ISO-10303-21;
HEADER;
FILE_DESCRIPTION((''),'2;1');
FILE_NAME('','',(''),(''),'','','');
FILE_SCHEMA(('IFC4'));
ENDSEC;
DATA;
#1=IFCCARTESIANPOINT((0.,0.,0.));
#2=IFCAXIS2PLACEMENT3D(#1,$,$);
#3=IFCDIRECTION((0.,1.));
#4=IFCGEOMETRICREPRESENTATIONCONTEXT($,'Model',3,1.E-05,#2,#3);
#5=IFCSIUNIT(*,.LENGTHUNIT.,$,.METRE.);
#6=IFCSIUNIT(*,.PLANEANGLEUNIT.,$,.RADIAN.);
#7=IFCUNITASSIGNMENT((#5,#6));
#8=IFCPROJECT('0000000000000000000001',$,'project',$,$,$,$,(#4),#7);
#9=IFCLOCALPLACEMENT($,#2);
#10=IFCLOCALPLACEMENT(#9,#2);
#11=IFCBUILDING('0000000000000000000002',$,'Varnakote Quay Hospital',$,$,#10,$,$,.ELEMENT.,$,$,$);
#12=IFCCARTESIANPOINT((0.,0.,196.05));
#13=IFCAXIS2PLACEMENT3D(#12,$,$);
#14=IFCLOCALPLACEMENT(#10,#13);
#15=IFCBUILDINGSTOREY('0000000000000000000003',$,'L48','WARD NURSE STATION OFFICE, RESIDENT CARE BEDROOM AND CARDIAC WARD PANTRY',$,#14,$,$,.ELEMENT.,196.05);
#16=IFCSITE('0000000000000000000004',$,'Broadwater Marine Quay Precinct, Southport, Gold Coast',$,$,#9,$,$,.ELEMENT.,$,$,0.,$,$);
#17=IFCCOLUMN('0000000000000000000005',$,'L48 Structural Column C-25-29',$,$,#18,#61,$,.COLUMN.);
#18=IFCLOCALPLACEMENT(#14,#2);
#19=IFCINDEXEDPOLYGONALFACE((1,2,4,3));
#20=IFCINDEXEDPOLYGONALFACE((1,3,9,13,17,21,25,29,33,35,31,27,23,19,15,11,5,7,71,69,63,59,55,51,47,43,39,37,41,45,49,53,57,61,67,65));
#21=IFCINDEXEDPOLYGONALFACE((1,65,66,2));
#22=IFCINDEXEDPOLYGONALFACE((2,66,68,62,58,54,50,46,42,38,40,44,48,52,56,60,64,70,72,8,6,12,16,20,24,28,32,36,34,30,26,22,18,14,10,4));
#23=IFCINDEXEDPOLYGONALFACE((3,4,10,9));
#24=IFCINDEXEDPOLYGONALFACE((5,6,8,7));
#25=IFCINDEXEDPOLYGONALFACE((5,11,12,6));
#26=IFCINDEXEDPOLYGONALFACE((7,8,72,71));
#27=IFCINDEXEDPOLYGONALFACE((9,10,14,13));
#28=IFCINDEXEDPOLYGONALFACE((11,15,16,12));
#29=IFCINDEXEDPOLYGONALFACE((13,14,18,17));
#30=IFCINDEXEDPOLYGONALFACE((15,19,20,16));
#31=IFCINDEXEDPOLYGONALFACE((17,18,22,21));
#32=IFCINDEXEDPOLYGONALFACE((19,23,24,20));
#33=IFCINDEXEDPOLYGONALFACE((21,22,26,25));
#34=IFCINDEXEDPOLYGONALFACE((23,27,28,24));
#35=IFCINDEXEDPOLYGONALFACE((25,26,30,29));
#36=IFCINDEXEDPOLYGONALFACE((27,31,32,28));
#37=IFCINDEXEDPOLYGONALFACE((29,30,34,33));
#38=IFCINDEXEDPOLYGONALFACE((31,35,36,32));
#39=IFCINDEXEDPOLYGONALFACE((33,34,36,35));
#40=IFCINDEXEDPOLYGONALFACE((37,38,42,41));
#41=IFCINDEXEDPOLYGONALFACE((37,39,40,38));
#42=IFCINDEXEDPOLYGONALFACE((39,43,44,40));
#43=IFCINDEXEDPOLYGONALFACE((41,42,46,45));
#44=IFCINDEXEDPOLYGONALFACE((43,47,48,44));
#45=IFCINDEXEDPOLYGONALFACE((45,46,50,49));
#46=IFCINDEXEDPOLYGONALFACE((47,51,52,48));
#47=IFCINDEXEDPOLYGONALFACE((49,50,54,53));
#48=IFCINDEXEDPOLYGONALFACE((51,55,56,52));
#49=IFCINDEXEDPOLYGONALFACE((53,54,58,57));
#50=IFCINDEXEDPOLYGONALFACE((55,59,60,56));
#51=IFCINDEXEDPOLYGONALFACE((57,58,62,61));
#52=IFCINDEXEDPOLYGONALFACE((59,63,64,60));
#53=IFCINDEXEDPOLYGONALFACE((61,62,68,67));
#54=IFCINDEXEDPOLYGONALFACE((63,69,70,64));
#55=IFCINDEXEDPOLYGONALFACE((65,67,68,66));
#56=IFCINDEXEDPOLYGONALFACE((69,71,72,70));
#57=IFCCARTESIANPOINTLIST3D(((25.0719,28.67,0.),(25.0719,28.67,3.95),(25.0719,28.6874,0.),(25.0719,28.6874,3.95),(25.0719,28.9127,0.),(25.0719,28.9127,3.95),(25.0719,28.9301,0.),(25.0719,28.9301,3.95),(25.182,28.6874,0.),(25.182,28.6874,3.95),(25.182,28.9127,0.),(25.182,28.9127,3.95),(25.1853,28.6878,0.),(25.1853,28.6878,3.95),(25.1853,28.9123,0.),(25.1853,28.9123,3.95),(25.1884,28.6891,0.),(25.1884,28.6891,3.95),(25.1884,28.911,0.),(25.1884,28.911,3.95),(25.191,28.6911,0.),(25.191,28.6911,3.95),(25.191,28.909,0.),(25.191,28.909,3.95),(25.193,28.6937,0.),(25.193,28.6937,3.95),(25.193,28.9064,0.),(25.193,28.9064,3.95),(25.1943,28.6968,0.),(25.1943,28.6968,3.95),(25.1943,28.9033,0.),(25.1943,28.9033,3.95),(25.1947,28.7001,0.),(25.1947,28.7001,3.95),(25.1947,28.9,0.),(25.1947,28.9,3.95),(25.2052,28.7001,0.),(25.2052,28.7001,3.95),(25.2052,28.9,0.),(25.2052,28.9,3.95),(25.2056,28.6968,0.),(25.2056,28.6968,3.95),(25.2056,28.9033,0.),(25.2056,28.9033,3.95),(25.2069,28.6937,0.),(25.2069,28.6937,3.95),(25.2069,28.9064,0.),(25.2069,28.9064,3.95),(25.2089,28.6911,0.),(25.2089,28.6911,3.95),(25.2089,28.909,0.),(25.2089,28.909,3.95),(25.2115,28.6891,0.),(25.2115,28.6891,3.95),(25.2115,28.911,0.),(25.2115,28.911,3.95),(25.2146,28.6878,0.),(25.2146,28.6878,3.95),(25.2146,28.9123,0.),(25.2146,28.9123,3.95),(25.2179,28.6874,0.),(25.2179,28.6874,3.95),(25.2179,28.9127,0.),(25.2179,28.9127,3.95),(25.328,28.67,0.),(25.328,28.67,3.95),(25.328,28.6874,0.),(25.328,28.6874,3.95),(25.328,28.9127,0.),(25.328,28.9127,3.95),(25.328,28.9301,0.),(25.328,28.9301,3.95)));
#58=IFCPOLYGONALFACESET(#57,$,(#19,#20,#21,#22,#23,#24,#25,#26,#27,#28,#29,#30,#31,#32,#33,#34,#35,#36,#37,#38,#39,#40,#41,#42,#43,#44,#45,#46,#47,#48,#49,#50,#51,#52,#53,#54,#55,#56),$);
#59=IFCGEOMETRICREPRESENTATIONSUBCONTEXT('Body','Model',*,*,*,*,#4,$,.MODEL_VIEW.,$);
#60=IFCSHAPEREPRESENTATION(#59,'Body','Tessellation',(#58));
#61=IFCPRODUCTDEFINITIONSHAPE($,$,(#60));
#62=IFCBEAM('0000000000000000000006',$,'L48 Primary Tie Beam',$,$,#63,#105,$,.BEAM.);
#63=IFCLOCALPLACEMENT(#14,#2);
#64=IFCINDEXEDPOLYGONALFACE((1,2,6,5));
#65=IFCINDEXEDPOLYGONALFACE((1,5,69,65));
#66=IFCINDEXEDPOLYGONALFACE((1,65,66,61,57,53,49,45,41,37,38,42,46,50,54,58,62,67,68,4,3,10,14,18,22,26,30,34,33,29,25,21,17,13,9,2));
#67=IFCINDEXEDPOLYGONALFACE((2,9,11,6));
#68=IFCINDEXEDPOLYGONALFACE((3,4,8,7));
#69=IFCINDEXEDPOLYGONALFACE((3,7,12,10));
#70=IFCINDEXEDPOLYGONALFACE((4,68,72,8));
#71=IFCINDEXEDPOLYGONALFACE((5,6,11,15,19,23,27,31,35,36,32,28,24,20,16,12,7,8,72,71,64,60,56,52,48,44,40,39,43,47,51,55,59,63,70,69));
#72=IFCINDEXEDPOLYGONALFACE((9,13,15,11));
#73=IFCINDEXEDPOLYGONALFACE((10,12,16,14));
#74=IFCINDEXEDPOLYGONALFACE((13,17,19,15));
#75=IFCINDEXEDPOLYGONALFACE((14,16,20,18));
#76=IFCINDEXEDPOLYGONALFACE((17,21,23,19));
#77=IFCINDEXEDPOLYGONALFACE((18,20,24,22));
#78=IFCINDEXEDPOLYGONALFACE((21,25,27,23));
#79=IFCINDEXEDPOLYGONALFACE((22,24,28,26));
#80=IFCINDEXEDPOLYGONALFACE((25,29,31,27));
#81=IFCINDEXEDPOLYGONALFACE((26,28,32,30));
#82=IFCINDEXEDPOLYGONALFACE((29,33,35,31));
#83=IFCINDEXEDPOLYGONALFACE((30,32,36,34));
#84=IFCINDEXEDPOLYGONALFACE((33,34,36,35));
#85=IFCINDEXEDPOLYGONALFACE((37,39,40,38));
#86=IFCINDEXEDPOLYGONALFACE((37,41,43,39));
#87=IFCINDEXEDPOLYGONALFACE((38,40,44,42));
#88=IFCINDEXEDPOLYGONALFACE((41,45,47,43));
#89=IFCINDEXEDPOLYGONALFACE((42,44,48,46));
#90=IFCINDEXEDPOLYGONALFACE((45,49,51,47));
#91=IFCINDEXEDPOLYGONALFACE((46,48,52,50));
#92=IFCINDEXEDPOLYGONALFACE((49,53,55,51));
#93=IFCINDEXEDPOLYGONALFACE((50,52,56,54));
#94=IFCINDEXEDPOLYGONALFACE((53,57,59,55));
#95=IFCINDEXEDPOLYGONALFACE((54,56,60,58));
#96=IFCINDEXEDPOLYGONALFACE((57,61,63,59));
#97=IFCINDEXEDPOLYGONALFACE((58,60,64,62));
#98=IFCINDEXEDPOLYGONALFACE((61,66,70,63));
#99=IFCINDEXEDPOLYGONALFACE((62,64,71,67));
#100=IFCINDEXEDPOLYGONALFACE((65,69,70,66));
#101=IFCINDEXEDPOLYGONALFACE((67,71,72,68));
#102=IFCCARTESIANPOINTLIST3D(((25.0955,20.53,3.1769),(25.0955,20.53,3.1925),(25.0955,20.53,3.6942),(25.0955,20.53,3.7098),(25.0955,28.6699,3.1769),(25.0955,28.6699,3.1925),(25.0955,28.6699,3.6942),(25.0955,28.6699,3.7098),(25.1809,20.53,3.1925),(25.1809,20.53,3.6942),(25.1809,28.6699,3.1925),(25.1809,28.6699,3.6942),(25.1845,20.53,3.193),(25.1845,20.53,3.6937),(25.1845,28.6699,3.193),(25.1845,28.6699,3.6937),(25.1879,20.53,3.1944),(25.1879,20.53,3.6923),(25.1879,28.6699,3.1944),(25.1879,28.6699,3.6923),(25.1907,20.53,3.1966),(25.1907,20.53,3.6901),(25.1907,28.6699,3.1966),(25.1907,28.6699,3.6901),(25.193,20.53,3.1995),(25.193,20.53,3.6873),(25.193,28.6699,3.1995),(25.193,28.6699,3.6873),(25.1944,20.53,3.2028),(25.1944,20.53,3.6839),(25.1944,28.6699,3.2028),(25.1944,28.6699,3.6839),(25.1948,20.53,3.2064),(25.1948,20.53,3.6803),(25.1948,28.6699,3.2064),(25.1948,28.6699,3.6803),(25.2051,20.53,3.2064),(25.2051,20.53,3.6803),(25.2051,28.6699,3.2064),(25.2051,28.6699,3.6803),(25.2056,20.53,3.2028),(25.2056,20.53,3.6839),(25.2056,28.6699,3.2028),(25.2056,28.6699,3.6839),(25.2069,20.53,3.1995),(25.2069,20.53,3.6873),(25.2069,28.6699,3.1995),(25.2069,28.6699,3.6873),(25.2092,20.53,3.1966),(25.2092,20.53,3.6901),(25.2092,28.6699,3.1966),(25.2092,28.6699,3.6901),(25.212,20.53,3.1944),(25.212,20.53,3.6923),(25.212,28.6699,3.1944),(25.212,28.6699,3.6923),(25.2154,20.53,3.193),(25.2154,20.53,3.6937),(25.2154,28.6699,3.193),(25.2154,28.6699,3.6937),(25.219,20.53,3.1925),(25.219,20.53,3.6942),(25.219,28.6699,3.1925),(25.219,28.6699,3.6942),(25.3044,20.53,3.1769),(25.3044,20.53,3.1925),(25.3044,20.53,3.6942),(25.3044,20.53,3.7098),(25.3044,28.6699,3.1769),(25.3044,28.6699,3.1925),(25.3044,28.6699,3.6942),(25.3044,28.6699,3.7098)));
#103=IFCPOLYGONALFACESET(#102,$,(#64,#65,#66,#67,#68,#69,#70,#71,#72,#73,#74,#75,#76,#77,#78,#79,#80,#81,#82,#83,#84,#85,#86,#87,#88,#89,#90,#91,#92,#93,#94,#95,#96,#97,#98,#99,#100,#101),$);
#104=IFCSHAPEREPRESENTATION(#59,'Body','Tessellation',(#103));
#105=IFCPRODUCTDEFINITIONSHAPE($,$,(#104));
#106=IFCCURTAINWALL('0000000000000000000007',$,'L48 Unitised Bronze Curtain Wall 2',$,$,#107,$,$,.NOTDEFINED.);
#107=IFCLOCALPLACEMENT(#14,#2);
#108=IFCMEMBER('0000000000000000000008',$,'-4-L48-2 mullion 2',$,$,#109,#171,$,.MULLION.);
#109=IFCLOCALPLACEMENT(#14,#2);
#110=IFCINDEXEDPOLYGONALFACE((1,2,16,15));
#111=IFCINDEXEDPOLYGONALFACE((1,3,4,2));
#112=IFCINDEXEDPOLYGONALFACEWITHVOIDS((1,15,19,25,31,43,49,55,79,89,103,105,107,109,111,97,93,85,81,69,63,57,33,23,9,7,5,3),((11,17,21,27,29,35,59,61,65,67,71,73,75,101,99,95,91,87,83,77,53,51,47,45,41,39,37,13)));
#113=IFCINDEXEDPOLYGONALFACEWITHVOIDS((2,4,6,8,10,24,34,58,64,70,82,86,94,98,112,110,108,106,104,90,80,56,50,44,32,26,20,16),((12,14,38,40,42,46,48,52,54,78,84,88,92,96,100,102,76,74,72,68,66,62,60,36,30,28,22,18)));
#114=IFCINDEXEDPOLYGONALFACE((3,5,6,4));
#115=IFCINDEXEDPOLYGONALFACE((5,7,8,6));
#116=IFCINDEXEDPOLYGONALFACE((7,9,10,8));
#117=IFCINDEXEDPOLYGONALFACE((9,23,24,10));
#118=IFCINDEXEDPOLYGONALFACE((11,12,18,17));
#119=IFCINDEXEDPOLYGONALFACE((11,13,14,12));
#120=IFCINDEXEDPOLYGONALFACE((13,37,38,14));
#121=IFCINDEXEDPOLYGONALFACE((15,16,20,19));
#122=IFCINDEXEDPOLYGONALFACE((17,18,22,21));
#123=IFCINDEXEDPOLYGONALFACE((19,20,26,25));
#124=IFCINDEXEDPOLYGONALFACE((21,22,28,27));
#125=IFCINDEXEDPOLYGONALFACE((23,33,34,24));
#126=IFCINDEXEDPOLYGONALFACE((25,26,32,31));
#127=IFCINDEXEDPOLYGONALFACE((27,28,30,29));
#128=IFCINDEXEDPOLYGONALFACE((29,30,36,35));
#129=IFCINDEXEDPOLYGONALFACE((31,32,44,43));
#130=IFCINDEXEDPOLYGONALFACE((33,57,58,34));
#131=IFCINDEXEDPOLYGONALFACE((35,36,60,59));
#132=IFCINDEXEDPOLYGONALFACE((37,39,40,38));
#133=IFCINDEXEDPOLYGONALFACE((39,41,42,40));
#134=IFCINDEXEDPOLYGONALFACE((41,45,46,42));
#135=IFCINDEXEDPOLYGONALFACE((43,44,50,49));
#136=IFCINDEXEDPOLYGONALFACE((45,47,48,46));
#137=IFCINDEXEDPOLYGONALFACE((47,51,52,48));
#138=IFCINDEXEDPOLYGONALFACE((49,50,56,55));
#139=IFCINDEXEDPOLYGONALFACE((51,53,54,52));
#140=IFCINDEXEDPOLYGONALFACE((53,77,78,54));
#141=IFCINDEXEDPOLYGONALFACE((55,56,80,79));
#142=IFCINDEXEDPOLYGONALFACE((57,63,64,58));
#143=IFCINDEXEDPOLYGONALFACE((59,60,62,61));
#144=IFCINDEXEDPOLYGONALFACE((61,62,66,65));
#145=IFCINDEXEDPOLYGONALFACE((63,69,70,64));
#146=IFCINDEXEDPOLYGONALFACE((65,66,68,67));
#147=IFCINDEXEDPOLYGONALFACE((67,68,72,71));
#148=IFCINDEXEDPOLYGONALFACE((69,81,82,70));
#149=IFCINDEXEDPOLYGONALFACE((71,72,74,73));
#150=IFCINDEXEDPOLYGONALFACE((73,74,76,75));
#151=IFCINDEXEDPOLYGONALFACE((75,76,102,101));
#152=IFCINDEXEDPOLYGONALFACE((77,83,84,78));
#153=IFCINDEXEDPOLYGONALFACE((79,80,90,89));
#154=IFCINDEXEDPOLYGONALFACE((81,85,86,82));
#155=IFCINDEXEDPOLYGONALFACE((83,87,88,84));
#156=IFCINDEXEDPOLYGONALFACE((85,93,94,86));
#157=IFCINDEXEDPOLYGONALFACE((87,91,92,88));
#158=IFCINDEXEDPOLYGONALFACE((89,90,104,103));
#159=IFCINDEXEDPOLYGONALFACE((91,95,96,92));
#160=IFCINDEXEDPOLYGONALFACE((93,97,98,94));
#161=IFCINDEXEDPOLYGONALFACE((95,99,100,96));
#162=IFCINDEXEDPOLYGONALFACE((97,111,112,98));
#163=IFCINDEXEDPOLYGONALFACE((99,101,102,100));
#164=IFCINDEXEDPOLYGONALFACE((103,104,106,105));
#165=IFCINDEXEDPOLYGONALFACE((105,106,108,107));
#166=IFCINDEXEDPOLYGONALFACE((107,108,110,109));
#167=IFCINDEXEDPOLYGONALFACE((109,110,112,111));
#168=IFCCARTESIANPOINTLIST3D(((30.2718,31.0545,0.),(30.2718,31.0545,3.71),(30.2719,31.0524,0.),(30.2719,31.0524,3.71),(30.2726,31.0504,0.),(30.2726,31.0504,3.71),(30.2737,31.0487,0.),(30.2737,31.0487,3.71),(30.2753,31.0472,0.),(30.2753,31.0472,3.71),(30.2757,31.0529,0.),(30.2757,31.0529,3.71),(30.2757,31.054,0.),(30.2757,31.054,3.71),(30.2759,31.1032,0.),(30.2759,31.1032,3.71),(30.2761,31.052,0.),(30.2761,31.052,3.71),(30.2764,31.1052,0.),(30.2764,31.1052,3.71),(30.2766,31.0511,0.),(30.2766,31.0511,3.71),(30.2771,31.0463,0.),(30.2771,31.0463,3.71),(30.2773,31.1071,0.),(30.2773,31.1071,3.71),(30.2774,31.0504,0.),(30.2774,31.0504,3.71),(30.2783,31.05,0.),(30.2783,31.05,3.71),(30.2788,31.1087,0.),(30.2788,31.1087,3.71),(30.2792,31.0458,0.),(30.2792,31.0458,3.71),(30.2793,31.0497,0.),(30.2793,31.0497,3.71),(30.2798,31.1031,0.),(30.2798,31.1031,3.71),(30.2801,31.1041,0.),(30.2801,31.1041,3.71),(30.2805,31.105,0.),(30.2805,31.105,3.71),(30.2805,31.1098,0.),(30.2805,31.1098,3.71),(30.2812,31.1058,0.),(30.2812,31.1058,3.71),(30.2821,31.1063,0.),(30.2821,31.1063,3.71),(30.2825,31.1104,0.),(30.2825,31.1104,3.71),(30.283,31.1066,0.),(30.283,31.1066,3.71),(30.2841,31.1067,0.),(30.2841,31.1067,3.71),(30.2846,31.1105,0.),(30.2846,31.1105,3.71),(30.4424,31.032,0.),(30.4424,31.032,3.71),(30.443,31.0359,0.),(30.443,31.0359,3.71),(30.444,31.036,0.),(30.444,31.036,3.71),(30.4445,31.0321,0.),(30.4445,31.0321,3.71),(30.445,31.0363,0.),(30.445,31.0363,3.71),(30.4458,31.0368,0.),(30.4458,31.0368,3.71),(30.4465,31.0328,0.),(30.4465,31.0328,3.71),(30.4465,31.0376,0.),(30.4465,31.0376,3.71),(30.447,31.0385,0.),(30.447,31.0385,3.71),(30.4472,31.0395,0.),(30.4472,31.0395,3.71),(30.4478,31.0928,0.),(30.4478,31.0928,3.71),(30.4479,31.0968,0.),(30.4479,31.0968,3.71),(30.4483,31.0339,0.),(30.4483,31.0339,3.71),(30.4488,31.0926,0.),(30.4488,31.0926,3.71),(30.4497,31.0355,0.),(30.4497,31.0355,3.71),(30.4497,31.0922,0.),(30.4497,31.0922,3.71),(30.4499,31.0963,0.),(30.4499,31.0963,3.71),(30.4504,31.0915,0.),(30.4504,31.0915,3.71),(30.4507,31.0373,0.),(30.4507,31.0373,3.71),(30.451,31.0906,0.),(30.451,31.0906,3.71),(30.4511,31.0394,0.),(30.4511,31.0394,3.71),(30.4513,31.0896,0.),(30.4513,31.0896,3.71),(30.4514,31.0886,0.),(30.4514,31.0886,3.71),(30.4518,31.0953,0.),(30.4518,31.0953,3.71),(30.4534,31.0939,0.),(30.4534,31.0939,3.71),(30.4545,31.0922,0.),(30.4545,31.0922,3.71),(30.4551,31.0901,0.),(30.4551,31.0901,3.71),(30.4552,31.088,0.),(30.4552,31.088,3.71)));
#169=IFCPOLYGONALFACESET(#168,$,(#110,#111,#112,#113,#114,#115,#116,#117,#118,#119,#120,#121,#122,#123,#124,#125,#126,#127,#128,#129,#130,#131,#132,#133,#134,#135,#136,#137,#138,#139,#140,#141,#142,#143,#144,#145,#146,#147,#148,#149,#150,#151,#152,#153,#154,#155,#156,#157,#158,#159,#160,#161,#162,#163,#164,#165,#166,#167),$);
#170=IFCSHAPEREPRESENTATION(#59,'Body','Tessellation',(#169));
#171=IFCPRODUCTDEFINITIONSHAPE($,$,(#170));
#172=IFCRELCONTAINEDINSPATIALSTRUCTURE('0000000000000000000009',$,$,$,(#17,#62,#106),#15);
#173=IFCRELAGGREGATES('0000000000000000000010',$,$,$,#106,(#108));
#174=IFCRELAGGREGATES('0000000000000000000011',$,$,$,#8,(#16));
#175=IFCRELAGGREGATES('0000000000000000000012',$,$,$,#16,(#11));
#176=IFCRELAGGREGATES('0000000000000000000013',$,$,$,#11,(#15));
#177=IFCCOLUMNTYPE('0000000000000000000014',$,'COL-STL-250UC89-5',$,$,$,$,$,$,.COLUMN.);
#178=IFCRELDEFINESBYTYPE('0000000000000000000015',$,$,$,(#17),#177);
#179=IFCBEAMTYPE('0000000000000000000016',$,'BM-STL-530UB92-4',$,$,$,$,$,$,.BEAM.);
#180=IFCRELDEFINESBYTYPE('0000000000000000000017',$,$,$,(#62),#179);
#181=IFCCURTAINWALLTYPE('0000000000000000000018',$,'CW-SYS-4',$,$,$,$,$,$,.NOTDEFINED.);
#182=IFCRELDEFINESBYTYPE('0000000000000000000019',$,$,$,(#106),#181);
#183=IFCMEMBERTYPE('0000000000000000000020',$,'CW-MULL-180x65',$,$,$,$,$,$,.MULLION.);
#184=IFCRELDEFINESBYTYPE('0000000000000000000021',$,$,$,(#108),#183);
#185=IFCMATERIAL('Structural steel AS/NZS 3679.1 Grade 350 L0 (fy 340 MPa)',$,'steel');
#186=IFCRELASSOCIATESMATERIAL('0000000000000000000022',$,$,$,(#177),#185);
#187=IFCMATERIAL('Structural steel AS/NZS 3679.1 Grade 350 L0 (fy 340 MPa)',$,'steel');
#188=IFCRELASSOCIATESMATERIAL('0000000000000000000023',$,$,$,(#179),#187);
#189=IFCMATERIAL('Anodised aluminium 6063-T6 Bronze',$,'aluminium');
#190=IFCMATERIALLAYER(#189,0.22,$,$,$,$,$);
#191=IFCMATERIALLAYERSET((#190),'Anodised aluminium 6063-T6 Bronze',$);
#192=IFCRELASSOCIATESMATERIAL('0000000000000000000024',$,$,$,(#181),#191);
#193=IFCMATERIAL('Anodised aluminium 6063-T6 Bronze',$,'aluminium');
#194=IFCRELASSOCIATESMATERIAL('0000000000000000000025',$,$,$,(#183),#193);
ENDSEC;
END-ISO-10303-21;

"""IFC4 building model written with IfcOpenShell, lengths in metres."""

from ifc_helpers import new_model, si_unit, direction, frame, origin, origin_2d, place, context, subcontext, project, spatial, hollow_rectangle, i_section, extrude, material, layer, layer_set, material_profile, profile_set, type_object, element, aggregate, save


model = new_model("IFC4")

# Units and contexts
model_context = context("Model", 3, precision=1e-05, world=origin(), true_north=direction((0.0, 1.0)))
body_context = subcontext(model_context, "Body", "Model", "MODEL_VIEW")
ifc_project = project(units=[si_unit("LENGTHUNIT", "METRE"), si_unit("PLANEANGLEUNIT", "RADIAN")], contexts=[model_context])

# Site, building, storey
site_placement = place(None, origin())
site = spatial("IfcSite", under=ifc_project, at=site_placement, Name="Broadwater Marine Quay Precinct, Southport, Gold Coast", CompositionType="ELEMENT", RefElevation=0.0)
building_placement = place(site_placement, origin())
building = spatial("IfcBuilding", under=site, at=building_placement, Name="Varnakote Quay Hospital", CompositionType="ELEMENT")
storey_placement = place(building_placement, frame((0.0, 0.0, 196.05)))
storey = spatial("IfcBuildingStorey", under=building, at=storey_placement, Name="L48", Description="WARD NURSE STATION OFFICE, RESIDENT CARE BEDROOM AND CARDIAC WARD PANTRY", CompositionType="ELEMENT", Elevation=196.05)

# Column
ifc_material_1 = material(Name="Structural steel AS/NZS 3679.1 Grade 350 L0 (fy 340 MPa)", Category="steel")
ifc_material_profile_1 = material_profile(ifc_material_1, i_section(OverallWidth=0.2561, OverallDepth=0.26, WebThickness=0.0105, FlangeThickness=0.0173, FilletRadius=0.0127, at=origin_2d()), Name="250UC89.5")
ifc_profile_set_1 = profile_set([ifc_material_profile_1], Name="Structural steel AS/NZS 3679.1 Grade 350 L0 (fy 340 MPa)")
column_type = type_object("IfcColumnType", Name="COL-STL-250UC89-5", PredefinedType="COLUMN", material=ifc_profile_set_1)
column_placement = place(storey_placement, frame((25.2, 28.8, 0.0), z_axis=(0.0, 0.0, 1.0), x_axis=(1.0, 0.0, 0.0)))
element("IfcColumn", 1, at=column_placement, inside=storey, type_object=column_type, Name="L48 Structural Column C-25-29", PredefinedType="COLUMN", context=body_context, shape_type="SweptSolid", body=[
    extrude(i_section(OverallWidth=0.2561, OverallDepth=0.26, WebThickness=0.0105, FlangeThickness=0.0173, FilletRadius=0.0127, at=origin_2d()), origin(), (0.0, 0.0, 1.0), 3.95),
])

# Beam
ifc_material_2 = material(Name="Structural steel AS/NZS 3679.1 Grade 350 L0 (fy 340 MPa)", Category="steel")
ifc_material_profile_2 = material_profile(ifc_material_2, i_section(OverallWidth=0.209, OverallDepth=0.533, WebThickness=0.0103, FlangeThickness=0.0156, FilletRadius=0.0139, at=origin_2d()), Name="530UB92.4")
ifc_profile_set_2 = profile_set([ifc_material_profile_2], Name="Structural steel AS/NZS 3679.1 Grade 350 L0 (fy 340 MPa)")
beam_type_1 = type_object("IfcBeamType", Name="BM-STL-530UB92-4", PredefinedType="BEAM", material=ifc_profile_set_2)
beam_1_placement = place(storey_placement, frame((25.2, 20.53, 3.4434), z_axis=(0.0, 1.0, 0.0), x_axis=(-1.0, 0.0, 0.0)))
element("IfcBeam", 2, at=beam_1_placement, inside=storey, type_object=beam_type_1, Name="L48 Primary Tie Beam", PredefinedType="BEAM", context=body_context, shape_type="SweptSolid", body=[
    extrude(i_section(OverallWidth=0.209, OverallDepth=0.533, WebThickness=0.0103, FlangeThickness=0.0156, FilletRadius=0.0139, at=origin_2d()), origin(), (0.0, 0.0, 1.0), 8.1399),
])

# Curtain wall, member
ifc_material_3 = material(Name="Anodised aluminium 6063-T6 Bronze", Category="aluminium")
ifc_layer_1 = layer(ifc_material_3, 0.22)
ifc_layer_set_1 = layer_set([ifc_layer_1], Name="Anodised aluminium 6063-T6 Bronze")
curtain_wall_type = type_object("IfcCurtainWallType", Name="CW-SYS-4", PredefinedType="NOTDEFINED", material=ifc_layer_set_1)
curtain_wall_placement = place(storey_placement, origin())
curtain_wall = element("IfcCurtainWall", 3, at=curtain_wall_placement, inside=storey, type_object=curtain_wall_type, Name="L48 Unitised Bronze Curtain Wall 2", PredefinedType="NOTDEFINED")
ifc_material_4 = material(Name="Anodised aluminium 6063-T6 Bronze", Category="aluminium")
ifc_material_profile_3 = material_profile(ifc_material_4, hollow_rectangle(XDim=0.0649, YDim=0.1799, WallThickness=0.0039, InnerFilletRadius=0.0039, OuterFilletRadius=0.0081, at=origin_2d()), Name="CW-MULL-180x65")
ifc_profile_set_3 = profile_set([ifc_material_profile_3], Name="Anodised aluminium 6063-T6 Bronze")
member_type_1 = type_object("IfcMemberType", Name="CW-MULL-180x65", PredefinedType="MULLION", material=ifc_profile_set_3)
member_1_placement = place(storey_placement, frame((30.3635, 31.0713, 0.0), z_axis=(0.0, 0.0, 1.0), x_axis=(-0.084136, -0.996454, 0.0)))
member_1 = element("IfcMember", 4, at=member_1_placement, type_object=member_type_1, Name="-4-L48-2 mullion 2", PredefinedType="MULLION", context=body_context, shape_type="SweptSolid", body=[
    extrude(hollow_rectangle(XDim=0.0649, YDim=0.1799, WallThickness=0.0039, InnerFilletRadius=0.0039, OuterFilletRadius=0.0081, at=origin_2d()), origin(), (0.0, 0.0, 1.0), 3.71),
])

aggregate(curtain_wall, [member_1])

save(model, "model.ifc")
